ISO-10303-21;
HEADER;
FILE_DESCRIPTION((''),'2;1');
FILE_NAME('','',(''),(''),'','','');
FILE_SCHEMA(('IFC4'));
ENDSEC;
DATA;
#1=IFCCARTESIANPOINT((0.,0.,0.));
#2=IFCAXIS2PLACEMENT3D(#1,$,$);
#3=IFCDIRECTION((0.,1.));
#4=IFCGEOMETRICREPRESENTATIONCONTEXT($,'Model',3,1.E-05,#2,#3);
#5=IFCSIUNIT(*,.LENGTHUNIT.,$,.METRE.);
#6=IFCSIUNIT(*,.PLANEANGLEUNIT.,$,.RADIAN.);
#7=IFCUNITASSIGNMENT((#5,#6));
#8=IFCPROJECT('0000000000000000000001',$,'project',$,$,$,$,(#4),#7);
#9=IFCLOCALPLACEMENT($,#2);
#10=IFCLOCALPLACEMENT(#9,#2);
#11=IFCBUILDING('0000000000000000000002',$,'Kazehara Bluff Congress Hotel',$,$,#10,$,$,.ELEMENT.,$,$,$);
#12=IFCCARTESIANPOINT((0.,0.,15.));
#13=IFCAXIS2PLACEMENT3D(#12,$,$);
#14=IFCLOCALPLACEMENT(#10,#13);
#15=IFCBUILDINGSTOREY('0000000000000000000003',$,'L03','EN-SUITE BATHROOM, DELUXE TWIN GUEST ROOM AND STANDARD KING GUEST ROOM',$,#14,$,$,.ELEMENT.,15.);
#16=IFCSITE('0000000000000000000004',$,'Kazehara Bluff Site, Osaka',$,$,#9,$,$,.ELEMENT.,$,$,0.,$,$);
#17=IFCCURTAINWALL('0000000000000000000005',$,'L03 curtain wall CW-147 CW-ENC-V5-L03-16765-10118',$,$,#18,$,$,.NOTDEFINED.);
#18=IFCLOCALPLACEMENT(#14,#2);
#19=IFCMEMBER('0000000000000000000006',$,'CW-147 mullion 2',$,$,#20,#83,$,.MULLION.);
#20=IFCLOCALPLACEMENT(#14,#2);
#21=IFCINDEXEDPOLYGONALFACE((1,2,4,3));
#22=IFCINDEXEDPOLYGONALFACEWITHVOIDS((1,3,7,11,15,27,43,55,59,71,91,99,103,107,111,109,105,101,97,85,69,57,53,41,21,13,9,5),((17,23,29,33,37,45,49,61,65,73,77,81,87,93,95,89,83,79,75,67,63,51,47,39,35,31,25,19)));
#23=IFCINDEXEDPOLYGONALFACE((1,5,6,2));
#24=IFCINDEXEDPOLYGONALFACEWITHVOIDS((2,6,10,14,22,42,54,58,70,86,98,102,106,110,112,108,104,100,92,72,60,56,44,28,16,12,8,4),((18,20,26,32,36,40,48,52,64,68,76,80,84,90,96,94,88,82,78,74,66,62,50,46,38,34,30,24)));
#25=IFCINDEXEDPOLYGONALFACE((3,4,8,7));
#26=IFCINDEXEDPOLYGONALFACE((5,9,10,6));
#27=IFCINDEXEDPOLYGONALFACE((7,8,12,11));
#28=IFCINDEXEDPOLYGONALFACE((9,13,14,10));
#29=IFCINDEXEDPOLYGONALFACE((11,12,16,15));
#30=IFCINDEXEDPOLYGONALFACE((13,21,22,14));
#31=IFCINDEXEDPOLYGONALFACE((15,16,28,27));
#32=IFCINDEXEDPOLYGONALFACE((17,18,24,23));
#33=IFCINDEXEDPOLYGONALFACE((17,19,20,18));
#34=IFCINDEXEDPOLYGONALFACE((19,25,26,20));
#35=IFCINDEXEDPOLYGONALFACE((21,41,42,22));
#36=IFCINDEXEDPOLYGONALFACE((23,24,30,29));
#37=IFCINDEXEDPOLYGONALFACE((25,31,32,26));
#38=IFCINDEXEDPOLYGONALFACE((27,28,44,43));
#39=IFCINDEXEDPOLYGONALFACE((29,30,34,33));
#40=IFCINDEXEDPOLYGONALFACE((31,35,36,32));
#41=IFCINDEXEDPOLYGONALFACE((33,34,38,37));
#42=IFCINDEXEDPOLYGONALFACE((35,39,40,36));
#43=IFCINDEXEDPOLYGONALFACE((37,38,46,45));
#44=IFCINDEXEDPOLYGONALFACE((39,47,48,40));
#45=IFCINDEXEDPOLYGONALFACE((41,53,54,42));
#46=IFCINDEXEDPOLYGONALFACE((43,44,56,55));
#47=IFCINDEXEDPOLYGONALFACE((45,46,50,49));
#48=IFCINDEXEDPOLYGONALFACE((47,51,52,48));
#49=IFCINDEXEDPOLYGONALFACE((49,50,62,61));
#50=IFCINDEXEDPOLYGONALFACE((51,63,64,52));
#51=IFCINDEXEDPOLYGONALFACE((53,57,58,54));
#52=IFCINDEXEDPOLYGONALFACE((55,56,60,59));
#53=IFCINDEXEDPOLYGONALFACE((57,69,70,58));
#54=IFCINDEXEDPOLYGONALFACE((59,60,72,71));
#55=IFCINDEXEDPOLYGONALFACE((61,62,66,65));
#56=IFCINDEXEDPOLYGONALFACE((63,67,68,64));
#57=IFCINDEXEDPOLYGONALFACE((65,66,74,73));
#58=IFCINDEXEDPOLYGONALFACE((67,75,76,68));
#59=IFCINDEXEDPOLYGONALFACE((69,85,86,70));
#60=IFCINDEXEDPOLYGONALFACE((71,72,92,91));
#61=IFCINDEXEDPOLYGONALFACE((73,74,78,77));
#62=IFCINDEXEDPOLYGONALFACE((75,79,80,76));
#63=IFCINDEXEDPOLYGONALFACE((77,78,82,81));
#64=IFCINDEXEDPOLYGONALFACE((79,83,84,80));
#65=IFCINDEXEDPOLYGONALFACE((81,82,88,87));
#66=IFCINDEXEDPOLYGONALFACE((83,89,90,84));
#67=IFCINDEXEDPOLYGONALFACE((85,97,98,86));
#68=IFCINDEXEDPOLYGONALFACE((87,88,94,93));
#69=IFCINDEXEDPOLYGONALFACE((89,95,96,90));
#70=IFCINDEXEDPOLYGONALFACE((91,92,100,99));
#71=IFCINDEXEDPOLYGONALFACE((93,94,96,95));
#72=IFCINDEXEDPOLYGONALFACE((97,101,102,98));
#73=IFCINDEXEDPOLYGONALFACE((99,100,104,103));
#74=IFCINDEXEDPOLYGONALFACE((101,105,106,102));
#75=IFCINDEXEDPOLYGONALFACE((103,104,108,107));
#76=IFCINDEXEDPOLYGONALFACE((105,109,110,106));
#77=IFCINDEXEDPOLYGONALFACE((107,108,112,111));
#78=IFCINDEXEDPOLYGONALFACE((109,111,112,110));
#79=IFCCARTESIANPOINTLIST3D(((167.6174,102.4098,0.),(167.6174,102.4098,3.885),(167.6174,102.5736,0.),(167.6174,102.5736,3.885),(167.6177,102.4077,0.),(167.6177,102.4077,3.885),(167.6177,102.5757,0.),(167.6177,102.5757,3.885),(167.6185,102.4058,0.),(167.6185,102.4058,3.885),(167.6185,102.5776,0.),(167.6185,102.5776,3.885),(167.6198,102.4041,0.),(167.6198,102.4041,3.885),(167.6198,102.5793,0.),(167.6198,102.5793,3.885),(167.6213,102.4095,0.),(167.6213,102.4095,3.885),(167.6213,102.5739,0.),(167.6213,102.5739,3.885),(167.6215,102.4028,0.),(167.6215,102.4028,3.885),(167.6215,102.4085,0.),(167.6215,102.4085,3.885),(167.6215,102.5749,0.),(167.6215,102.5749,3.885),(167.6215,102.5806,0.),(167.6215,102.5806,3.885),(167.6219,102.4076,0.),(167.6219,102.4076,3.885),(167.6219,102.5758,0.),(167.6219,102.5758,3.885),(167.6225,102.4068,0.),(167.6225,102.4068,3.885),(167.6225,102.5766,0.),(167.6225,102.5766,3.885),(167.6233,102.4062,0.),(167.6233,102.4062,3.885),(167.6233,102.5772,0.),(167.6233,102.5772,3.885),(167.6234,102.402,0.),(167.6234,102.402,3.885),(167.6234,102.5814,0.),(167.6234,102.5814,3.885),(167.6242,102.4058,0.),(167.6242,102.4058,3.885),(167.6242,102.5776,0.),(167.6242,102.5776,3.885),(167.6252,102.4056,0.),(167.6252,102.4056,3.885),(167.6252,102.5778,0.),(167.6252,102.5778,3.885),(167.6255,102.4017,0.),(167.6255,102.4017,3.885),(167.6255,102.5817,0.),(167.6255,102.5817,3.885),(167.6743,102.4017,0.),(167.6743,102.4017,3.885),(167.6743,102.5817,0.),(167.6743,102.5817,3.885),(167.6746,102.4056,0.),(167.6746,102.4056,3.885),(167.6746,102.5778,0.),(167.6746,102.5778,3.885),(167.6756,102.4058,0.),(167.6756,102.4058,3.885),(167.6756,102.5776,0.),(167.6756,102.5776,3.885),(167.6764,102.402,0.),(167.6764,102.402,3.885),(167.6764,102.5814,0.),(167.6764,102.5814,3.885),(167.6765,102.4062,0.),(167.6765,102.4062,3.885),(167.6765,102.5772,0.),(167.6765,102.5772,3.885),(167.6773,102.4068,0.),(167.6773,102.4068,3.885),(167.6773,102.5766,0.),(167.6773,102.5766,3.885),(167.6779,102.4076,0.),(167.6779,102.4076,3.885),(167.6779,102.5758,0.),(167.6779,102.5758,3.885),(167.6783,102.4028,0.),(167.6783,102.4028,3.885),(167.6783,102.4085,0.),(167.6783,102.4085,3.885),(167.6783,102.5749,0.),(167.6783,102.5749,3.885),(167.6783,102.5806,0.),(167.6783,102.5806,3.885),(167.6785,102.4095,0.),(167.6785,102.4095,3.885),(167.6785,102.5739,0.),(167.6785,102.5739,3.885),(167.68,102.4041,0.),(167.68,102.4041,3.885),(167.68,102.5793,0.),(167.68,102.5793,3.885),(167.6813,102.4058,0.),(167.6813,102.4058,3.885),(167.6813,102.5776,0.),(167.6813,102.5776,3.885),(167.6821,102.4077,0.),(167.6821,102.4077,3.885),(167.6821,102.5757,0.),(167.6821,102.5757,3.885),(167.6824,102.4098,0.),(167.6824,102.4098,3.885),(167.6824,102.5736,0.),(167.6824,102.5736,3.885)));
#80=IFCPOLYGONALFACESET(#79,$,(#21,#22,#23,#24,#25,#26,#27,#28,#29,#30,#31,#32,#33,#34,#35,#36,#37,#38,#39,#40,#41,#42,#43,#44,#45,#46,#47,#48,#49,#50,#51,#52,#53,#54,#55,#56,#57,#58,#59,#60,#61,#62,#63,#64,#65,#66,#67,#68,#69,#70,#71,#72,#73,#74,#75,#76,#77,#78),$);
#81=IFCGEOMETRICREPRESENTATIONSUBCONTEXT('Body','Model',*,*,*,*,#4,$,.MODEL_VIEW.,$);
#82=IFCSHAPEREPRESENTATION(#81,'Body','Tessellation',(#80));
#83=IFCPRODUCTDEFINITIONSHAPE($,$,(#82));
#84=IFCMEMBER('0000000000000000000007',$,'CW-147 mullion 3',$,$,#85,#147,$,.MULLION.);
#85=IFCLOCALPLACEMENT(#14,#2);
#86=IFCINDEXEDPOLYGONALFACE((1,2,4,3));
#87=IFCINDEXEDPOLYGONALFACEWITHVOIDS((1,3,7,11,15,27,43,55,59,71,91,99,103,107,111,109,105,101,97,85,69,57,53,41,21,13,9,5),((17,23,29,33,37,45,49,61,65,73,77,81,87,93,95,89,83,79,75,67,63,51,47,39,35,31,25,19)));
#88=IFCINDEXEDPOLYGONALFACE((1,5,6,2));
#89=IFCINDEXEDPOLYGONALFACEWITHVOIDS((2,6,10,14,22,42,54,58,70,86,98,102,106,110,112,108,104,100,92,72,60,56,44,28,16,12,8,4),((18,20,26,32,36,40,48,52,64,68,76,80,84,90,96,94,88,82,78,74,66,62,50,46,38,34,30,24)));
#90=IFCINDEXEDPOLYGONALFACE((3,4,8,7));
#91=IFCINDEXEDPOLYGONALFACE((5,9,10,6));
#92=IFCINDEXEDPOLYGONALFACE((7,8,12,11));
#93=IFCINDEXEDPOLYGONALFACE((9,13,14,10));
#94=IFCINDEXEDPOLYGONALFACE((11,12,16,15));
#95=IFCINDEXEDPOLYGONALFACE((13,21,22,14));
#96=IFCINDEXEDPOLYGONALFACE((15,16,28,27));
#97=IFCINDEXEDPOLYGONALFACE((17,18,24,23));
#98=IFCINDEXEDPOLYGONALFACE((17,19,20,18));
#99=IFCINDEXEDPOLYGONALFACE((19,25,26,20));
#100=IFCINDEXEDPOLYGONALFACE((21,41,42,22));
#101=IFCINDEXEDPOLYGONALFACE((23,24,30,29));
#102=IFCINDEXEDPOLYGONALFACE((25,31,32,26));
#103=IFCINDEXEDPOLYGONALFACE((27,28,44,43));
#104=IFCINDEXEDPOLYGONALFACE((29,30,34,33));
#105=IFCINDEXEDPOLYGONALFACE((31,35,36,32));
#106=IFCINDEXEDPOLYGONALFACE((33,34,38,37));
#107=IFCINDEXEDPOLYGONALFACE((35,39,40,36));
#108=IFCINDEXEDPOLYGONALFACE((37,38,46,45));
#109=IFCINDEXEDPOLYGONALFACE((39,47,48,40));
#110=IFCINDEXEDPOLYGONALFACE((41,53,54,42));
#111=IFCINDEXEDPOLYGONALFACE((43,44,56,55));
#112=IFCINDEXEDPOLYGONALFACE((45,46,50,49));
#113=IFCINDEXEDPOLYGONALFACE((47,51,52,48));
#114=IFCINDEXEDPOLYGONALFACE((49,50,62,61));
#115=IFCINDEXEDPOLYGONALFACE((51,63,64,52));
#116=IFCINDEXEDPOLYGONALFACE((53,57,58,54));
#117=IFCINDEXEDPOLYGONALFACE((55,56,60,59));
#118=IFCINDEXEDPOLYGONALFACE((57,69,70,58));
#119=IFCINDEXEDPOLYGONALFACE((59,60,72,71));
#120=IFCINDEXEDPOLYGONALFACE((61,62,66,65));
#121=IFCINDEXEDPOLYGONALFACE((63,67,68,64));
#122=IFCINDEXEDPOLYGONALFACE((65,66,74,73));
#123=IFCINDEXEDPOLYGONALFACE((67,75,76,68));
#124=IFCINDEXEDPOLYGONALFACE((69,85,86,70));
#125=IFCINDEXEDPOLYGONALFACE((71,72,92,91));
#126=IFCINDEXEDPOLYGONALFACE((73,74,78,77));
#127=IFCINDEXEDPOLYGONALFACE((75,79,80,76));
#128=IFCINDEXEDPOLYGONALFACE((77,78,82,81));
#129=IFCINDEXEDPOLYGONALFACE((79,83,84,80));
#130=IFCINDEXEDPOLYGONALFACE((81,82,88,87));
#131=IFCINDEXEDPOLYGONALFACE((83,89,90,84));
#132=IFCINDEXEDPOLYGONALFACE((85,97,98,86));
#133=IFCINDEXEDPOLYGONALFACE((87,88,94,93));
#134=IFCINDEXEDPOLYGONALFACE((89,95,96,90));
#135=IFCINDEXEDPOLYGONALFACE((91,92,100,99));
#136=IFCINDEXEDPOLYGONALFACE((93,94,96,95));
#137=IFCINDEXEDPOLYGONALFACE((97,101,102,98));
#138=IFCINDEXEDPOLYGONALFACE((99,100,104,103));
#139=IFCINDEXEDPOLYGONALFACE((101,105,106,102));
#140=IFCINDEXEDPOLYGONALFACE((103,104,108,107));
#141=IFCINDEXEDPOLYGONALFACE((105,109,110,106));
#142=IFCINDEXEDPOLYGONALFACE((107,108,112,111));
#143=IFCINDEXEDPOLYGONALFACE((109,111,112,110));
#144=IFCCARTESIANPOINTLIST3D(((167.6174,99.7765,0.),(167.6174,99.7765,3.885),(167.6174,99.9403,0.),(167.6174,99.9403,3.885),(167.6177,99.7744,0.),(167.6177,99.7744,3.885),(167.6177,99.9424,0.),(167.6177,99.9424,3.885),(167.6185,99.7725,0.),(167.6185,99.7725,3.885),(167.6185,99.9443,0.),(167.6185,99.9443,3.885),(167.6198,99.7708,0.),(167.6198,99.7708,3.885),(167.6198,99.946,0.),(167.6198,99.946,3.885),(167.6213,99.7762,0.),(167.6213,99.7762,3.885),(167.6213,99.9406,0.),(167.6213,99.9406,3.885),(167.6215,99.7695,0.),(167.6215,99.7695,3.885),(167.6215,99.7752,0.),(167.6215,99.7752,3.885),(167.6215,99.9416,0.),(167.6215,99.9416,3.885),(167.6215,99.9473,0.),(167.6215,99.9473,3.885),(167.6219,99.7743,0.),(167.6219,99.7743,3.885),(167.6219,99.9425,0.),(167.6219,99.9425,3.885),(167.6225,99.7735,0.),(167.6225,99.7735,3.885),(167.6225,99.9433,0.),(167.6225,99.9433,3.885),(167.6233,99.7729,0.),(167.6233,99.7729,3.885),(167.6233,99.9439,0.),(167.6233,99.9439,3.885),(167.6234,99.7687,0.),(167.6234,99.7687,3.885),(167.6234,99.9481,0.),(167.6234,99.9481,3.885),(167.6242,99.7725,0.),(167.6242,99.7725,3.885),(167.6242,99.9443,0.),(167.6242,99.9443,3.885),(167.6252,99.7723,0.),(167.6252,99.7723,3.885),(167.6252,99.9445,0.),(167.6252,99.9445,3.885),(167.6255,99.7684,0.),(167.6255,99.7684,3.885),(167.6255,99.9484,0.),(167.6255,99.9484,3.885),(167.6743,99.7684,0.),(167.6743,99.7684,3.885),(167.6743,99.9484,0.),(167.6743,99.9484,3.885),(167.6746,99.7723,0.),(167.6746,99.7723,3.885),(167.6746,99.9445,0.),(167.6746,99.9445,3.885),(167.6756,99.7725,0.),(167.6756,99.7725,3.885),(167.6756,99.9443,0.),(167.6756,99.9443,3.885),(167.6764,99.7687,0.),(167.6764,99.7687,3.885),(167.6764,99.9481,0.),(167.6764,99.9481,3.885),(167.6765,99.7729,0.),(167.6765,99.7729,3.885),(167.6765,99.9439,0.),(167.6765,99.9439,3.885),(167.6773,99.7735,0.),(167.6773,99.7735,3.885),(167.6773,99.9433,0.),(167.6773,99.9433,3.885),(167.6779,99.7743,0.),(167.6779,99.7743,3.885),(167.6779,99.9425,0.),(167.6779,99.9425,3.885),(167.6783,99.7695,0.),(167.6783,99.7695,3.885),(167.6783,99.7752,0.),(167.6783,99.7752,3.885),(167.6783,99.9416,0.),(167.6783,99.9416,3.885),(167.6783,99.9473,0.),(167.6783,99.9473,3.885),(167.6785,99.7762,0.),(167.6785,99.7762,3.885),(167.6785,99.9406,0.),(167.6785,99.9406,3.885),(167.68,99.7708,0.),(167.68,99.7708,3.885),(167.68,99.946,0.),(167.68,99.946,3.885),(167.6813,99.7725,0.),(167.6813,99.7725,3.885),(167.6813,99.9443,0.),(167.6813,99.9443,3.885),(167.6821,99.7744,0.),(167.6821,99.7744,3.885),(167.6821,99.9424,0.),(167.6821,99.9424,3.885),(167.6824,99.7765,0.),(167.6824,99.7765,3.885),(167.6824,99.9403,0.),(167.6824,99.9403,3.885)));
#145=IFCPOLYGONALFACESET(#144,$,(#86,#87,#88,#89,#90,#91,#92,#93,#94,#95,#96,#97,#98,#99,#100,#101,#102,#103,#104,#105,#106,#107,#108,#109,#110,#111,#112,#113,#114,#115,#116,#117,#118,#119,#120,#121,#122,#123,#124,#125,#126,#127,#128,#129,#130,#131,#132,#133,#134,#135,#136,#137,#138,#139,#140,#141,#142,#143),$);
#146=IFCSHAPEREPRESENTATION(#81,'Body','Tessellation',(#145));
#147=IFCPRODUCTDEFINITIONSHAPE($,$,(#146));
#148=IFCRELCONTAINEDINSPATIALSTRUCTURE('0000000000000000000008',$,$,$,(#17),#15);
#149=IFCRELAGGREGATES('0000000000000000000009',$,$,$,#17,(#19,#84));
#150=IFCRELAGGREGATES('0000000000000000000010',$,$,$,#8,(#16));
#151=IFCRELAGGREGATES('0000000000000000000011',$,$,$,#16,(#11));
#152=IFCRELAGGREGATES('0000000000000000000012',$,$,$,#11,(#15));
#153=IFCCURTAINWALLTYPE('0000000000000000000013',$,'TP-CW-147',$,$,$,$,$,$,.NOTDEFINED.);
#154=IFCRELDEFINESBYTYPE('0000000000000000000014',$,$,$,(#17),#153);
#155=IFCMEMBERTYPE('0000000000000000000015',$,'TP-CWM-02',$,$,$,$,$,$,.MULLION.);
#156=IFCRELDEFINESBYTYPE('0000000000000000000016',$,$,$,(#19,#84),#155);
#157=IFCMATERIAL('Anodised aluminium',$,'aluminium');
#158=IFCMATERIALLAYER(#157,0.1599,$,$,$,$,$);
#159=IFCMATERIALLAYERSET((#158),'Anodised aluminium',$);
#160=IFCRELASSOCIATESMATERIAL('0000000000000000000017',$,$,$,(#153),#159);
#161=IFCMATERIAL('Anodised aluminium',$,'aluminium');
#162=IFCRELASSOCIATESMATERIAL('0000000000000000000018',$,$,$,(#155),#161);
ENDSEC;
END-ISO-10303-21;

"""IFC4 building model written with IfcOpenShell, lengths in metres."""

from ifc_helpers import new_model, si_unit, direction, frame, origin, origin_2d, place, context, subcontext, project, spatial, hollow_rectangle, extrude, material, layer, layer_set, material_profile, profile_set, type_object, element, aggregate, save


model = new_model("IFC4")

# Units and contexts
model_context = context("Model", 3, precision=1e-05, world=origin(), true_north=direction((0.0, 1.0)))
body_context = subcontext(model_context, "Body", "Model", "MODEL_VIEW")
ifc_project = project(units=[si_unit("LENGTHUNIT", "METRE"), si_unit("PLANEANGLEUNIT", "RADIAN")], contexts=[model_context])

# Site, building, storey
site_placement = place(None, origin())
site = spatial("IfcSite", under=ifc_project, at=site_placement, Name="Kazehara Bluff Site, Osaka", CompositionType="ELEMENT", RefElevation=0.0)
building_placement = place(site_placement, origin())
building = spatial("IfcBuilding", under=site, at=building_placement, Name="Kazehara Bluff Congress Hotel", CompositionType="ELEMENT")
storey_placement = place(building_placement, frame((0.0, 0.0, 15.0)))
storey = spatial("IfcBuildingStorey", under=building, at=storey_placement, Name="L03", Description="EN-SUITE BATHROOM, DELUXE TWIN GUEST ROOM AND STANDARD KING GUEST ROOM", CompositionType="ELEMENT", Elevation=15.0)

# Curtain wall, members
ifc_material_1 = material(Name="Anodised aluminium", Category="aluminium")
ifc_layer_1 = layer(ifc_material_1, 0.1599)
ifc_layer_set_1 = layer_set([ifc_layer_1], Name="Anodised aluminium")
curtain_wall_type = type_object("IfcCurtainWallType", Name="TP-CW-147", PredefinedType="NOTDEFINED", material=ifc_layer_set_1)
curtain_wall_placement = place(storey_placement, origin())
curtain_wall = element("IfcCurtainWall", 1, at=curtain_wall_placement, inside=storey, type_object=curtain_wall_type, Name="L03 curtain wall CW-147 CW-ENC-V5-L03-16765-10118", PredefinedType="NOTDEFINED")
ifc_material_2 = material(Name="Anodised aluminium", Category="aluminium")
ifc_material_profile_1 = material_profile(ifc_material_2, hollow_rectangle(XDim=0.0649, YDim=0.1799, WallThickness=0.0039, InnerFilletRadius=0.0039, OuterFilletRadius=0.0081, at=origin_2d()))
ifc_profile_set_1 = profile_set([ifc_material_profile_1], Name="Anodised aluminium")
member_type_1 = type_object("IfcMemberType", Name="TP-CWM-02", PredefinedType="MULLION", material=ifc_profile_set_1)
member_1_placement = place(storey_placement, frame((167.6499, 102.4917, 0.0), z_axis=(0.0, 0.0, 1.0), x_axis=(1.0, 0.0, 0.0)))
member_1 = element("IfcMember", 2, at=member_1_placement, type_object=member_type_1, Name="CW-147 mullion 2", PredefinedType="MULLION", context=body_context, shape_type="SweptSolid", body=[
    extrude(hollow_rectangle(XDim=0.0649, YDim=0.1799, WallThickness=0.0039, InnerFilletRadius=0.0039, OuterFilletRadius=0.0081, at=origin_2d()), origin(), (0.0, 0.0, 1.0), 3.885),
])
member_2_placement = place(storey_placement, frame((167.6499, 99.8584, 0.0), z_axis=(0.0, 0.0, 1.0), x_axis=(1.0, 0.0, 0.0)))
member_2 = element("IfcMember", 3, at=member_2_placement, type_object=member_type_1, Name="CW-147 mullion 3", PredefinedType="MULLION", context=body_context, shape_type="SweptSolid", body=[
    extrude(hollow_rectangle(XDim=0.0649, YDim=0.1799, WallThickness=0.0039, InnerFilletRadius=0.0039, OuterFilletRadius=0.0081, at=origin_2d()), origin(), (0.0, 0.0, 1.0), 3.885),
])

aggregate(curtain_wall, [member_1, member_2])

save(model, "model.ifc")
